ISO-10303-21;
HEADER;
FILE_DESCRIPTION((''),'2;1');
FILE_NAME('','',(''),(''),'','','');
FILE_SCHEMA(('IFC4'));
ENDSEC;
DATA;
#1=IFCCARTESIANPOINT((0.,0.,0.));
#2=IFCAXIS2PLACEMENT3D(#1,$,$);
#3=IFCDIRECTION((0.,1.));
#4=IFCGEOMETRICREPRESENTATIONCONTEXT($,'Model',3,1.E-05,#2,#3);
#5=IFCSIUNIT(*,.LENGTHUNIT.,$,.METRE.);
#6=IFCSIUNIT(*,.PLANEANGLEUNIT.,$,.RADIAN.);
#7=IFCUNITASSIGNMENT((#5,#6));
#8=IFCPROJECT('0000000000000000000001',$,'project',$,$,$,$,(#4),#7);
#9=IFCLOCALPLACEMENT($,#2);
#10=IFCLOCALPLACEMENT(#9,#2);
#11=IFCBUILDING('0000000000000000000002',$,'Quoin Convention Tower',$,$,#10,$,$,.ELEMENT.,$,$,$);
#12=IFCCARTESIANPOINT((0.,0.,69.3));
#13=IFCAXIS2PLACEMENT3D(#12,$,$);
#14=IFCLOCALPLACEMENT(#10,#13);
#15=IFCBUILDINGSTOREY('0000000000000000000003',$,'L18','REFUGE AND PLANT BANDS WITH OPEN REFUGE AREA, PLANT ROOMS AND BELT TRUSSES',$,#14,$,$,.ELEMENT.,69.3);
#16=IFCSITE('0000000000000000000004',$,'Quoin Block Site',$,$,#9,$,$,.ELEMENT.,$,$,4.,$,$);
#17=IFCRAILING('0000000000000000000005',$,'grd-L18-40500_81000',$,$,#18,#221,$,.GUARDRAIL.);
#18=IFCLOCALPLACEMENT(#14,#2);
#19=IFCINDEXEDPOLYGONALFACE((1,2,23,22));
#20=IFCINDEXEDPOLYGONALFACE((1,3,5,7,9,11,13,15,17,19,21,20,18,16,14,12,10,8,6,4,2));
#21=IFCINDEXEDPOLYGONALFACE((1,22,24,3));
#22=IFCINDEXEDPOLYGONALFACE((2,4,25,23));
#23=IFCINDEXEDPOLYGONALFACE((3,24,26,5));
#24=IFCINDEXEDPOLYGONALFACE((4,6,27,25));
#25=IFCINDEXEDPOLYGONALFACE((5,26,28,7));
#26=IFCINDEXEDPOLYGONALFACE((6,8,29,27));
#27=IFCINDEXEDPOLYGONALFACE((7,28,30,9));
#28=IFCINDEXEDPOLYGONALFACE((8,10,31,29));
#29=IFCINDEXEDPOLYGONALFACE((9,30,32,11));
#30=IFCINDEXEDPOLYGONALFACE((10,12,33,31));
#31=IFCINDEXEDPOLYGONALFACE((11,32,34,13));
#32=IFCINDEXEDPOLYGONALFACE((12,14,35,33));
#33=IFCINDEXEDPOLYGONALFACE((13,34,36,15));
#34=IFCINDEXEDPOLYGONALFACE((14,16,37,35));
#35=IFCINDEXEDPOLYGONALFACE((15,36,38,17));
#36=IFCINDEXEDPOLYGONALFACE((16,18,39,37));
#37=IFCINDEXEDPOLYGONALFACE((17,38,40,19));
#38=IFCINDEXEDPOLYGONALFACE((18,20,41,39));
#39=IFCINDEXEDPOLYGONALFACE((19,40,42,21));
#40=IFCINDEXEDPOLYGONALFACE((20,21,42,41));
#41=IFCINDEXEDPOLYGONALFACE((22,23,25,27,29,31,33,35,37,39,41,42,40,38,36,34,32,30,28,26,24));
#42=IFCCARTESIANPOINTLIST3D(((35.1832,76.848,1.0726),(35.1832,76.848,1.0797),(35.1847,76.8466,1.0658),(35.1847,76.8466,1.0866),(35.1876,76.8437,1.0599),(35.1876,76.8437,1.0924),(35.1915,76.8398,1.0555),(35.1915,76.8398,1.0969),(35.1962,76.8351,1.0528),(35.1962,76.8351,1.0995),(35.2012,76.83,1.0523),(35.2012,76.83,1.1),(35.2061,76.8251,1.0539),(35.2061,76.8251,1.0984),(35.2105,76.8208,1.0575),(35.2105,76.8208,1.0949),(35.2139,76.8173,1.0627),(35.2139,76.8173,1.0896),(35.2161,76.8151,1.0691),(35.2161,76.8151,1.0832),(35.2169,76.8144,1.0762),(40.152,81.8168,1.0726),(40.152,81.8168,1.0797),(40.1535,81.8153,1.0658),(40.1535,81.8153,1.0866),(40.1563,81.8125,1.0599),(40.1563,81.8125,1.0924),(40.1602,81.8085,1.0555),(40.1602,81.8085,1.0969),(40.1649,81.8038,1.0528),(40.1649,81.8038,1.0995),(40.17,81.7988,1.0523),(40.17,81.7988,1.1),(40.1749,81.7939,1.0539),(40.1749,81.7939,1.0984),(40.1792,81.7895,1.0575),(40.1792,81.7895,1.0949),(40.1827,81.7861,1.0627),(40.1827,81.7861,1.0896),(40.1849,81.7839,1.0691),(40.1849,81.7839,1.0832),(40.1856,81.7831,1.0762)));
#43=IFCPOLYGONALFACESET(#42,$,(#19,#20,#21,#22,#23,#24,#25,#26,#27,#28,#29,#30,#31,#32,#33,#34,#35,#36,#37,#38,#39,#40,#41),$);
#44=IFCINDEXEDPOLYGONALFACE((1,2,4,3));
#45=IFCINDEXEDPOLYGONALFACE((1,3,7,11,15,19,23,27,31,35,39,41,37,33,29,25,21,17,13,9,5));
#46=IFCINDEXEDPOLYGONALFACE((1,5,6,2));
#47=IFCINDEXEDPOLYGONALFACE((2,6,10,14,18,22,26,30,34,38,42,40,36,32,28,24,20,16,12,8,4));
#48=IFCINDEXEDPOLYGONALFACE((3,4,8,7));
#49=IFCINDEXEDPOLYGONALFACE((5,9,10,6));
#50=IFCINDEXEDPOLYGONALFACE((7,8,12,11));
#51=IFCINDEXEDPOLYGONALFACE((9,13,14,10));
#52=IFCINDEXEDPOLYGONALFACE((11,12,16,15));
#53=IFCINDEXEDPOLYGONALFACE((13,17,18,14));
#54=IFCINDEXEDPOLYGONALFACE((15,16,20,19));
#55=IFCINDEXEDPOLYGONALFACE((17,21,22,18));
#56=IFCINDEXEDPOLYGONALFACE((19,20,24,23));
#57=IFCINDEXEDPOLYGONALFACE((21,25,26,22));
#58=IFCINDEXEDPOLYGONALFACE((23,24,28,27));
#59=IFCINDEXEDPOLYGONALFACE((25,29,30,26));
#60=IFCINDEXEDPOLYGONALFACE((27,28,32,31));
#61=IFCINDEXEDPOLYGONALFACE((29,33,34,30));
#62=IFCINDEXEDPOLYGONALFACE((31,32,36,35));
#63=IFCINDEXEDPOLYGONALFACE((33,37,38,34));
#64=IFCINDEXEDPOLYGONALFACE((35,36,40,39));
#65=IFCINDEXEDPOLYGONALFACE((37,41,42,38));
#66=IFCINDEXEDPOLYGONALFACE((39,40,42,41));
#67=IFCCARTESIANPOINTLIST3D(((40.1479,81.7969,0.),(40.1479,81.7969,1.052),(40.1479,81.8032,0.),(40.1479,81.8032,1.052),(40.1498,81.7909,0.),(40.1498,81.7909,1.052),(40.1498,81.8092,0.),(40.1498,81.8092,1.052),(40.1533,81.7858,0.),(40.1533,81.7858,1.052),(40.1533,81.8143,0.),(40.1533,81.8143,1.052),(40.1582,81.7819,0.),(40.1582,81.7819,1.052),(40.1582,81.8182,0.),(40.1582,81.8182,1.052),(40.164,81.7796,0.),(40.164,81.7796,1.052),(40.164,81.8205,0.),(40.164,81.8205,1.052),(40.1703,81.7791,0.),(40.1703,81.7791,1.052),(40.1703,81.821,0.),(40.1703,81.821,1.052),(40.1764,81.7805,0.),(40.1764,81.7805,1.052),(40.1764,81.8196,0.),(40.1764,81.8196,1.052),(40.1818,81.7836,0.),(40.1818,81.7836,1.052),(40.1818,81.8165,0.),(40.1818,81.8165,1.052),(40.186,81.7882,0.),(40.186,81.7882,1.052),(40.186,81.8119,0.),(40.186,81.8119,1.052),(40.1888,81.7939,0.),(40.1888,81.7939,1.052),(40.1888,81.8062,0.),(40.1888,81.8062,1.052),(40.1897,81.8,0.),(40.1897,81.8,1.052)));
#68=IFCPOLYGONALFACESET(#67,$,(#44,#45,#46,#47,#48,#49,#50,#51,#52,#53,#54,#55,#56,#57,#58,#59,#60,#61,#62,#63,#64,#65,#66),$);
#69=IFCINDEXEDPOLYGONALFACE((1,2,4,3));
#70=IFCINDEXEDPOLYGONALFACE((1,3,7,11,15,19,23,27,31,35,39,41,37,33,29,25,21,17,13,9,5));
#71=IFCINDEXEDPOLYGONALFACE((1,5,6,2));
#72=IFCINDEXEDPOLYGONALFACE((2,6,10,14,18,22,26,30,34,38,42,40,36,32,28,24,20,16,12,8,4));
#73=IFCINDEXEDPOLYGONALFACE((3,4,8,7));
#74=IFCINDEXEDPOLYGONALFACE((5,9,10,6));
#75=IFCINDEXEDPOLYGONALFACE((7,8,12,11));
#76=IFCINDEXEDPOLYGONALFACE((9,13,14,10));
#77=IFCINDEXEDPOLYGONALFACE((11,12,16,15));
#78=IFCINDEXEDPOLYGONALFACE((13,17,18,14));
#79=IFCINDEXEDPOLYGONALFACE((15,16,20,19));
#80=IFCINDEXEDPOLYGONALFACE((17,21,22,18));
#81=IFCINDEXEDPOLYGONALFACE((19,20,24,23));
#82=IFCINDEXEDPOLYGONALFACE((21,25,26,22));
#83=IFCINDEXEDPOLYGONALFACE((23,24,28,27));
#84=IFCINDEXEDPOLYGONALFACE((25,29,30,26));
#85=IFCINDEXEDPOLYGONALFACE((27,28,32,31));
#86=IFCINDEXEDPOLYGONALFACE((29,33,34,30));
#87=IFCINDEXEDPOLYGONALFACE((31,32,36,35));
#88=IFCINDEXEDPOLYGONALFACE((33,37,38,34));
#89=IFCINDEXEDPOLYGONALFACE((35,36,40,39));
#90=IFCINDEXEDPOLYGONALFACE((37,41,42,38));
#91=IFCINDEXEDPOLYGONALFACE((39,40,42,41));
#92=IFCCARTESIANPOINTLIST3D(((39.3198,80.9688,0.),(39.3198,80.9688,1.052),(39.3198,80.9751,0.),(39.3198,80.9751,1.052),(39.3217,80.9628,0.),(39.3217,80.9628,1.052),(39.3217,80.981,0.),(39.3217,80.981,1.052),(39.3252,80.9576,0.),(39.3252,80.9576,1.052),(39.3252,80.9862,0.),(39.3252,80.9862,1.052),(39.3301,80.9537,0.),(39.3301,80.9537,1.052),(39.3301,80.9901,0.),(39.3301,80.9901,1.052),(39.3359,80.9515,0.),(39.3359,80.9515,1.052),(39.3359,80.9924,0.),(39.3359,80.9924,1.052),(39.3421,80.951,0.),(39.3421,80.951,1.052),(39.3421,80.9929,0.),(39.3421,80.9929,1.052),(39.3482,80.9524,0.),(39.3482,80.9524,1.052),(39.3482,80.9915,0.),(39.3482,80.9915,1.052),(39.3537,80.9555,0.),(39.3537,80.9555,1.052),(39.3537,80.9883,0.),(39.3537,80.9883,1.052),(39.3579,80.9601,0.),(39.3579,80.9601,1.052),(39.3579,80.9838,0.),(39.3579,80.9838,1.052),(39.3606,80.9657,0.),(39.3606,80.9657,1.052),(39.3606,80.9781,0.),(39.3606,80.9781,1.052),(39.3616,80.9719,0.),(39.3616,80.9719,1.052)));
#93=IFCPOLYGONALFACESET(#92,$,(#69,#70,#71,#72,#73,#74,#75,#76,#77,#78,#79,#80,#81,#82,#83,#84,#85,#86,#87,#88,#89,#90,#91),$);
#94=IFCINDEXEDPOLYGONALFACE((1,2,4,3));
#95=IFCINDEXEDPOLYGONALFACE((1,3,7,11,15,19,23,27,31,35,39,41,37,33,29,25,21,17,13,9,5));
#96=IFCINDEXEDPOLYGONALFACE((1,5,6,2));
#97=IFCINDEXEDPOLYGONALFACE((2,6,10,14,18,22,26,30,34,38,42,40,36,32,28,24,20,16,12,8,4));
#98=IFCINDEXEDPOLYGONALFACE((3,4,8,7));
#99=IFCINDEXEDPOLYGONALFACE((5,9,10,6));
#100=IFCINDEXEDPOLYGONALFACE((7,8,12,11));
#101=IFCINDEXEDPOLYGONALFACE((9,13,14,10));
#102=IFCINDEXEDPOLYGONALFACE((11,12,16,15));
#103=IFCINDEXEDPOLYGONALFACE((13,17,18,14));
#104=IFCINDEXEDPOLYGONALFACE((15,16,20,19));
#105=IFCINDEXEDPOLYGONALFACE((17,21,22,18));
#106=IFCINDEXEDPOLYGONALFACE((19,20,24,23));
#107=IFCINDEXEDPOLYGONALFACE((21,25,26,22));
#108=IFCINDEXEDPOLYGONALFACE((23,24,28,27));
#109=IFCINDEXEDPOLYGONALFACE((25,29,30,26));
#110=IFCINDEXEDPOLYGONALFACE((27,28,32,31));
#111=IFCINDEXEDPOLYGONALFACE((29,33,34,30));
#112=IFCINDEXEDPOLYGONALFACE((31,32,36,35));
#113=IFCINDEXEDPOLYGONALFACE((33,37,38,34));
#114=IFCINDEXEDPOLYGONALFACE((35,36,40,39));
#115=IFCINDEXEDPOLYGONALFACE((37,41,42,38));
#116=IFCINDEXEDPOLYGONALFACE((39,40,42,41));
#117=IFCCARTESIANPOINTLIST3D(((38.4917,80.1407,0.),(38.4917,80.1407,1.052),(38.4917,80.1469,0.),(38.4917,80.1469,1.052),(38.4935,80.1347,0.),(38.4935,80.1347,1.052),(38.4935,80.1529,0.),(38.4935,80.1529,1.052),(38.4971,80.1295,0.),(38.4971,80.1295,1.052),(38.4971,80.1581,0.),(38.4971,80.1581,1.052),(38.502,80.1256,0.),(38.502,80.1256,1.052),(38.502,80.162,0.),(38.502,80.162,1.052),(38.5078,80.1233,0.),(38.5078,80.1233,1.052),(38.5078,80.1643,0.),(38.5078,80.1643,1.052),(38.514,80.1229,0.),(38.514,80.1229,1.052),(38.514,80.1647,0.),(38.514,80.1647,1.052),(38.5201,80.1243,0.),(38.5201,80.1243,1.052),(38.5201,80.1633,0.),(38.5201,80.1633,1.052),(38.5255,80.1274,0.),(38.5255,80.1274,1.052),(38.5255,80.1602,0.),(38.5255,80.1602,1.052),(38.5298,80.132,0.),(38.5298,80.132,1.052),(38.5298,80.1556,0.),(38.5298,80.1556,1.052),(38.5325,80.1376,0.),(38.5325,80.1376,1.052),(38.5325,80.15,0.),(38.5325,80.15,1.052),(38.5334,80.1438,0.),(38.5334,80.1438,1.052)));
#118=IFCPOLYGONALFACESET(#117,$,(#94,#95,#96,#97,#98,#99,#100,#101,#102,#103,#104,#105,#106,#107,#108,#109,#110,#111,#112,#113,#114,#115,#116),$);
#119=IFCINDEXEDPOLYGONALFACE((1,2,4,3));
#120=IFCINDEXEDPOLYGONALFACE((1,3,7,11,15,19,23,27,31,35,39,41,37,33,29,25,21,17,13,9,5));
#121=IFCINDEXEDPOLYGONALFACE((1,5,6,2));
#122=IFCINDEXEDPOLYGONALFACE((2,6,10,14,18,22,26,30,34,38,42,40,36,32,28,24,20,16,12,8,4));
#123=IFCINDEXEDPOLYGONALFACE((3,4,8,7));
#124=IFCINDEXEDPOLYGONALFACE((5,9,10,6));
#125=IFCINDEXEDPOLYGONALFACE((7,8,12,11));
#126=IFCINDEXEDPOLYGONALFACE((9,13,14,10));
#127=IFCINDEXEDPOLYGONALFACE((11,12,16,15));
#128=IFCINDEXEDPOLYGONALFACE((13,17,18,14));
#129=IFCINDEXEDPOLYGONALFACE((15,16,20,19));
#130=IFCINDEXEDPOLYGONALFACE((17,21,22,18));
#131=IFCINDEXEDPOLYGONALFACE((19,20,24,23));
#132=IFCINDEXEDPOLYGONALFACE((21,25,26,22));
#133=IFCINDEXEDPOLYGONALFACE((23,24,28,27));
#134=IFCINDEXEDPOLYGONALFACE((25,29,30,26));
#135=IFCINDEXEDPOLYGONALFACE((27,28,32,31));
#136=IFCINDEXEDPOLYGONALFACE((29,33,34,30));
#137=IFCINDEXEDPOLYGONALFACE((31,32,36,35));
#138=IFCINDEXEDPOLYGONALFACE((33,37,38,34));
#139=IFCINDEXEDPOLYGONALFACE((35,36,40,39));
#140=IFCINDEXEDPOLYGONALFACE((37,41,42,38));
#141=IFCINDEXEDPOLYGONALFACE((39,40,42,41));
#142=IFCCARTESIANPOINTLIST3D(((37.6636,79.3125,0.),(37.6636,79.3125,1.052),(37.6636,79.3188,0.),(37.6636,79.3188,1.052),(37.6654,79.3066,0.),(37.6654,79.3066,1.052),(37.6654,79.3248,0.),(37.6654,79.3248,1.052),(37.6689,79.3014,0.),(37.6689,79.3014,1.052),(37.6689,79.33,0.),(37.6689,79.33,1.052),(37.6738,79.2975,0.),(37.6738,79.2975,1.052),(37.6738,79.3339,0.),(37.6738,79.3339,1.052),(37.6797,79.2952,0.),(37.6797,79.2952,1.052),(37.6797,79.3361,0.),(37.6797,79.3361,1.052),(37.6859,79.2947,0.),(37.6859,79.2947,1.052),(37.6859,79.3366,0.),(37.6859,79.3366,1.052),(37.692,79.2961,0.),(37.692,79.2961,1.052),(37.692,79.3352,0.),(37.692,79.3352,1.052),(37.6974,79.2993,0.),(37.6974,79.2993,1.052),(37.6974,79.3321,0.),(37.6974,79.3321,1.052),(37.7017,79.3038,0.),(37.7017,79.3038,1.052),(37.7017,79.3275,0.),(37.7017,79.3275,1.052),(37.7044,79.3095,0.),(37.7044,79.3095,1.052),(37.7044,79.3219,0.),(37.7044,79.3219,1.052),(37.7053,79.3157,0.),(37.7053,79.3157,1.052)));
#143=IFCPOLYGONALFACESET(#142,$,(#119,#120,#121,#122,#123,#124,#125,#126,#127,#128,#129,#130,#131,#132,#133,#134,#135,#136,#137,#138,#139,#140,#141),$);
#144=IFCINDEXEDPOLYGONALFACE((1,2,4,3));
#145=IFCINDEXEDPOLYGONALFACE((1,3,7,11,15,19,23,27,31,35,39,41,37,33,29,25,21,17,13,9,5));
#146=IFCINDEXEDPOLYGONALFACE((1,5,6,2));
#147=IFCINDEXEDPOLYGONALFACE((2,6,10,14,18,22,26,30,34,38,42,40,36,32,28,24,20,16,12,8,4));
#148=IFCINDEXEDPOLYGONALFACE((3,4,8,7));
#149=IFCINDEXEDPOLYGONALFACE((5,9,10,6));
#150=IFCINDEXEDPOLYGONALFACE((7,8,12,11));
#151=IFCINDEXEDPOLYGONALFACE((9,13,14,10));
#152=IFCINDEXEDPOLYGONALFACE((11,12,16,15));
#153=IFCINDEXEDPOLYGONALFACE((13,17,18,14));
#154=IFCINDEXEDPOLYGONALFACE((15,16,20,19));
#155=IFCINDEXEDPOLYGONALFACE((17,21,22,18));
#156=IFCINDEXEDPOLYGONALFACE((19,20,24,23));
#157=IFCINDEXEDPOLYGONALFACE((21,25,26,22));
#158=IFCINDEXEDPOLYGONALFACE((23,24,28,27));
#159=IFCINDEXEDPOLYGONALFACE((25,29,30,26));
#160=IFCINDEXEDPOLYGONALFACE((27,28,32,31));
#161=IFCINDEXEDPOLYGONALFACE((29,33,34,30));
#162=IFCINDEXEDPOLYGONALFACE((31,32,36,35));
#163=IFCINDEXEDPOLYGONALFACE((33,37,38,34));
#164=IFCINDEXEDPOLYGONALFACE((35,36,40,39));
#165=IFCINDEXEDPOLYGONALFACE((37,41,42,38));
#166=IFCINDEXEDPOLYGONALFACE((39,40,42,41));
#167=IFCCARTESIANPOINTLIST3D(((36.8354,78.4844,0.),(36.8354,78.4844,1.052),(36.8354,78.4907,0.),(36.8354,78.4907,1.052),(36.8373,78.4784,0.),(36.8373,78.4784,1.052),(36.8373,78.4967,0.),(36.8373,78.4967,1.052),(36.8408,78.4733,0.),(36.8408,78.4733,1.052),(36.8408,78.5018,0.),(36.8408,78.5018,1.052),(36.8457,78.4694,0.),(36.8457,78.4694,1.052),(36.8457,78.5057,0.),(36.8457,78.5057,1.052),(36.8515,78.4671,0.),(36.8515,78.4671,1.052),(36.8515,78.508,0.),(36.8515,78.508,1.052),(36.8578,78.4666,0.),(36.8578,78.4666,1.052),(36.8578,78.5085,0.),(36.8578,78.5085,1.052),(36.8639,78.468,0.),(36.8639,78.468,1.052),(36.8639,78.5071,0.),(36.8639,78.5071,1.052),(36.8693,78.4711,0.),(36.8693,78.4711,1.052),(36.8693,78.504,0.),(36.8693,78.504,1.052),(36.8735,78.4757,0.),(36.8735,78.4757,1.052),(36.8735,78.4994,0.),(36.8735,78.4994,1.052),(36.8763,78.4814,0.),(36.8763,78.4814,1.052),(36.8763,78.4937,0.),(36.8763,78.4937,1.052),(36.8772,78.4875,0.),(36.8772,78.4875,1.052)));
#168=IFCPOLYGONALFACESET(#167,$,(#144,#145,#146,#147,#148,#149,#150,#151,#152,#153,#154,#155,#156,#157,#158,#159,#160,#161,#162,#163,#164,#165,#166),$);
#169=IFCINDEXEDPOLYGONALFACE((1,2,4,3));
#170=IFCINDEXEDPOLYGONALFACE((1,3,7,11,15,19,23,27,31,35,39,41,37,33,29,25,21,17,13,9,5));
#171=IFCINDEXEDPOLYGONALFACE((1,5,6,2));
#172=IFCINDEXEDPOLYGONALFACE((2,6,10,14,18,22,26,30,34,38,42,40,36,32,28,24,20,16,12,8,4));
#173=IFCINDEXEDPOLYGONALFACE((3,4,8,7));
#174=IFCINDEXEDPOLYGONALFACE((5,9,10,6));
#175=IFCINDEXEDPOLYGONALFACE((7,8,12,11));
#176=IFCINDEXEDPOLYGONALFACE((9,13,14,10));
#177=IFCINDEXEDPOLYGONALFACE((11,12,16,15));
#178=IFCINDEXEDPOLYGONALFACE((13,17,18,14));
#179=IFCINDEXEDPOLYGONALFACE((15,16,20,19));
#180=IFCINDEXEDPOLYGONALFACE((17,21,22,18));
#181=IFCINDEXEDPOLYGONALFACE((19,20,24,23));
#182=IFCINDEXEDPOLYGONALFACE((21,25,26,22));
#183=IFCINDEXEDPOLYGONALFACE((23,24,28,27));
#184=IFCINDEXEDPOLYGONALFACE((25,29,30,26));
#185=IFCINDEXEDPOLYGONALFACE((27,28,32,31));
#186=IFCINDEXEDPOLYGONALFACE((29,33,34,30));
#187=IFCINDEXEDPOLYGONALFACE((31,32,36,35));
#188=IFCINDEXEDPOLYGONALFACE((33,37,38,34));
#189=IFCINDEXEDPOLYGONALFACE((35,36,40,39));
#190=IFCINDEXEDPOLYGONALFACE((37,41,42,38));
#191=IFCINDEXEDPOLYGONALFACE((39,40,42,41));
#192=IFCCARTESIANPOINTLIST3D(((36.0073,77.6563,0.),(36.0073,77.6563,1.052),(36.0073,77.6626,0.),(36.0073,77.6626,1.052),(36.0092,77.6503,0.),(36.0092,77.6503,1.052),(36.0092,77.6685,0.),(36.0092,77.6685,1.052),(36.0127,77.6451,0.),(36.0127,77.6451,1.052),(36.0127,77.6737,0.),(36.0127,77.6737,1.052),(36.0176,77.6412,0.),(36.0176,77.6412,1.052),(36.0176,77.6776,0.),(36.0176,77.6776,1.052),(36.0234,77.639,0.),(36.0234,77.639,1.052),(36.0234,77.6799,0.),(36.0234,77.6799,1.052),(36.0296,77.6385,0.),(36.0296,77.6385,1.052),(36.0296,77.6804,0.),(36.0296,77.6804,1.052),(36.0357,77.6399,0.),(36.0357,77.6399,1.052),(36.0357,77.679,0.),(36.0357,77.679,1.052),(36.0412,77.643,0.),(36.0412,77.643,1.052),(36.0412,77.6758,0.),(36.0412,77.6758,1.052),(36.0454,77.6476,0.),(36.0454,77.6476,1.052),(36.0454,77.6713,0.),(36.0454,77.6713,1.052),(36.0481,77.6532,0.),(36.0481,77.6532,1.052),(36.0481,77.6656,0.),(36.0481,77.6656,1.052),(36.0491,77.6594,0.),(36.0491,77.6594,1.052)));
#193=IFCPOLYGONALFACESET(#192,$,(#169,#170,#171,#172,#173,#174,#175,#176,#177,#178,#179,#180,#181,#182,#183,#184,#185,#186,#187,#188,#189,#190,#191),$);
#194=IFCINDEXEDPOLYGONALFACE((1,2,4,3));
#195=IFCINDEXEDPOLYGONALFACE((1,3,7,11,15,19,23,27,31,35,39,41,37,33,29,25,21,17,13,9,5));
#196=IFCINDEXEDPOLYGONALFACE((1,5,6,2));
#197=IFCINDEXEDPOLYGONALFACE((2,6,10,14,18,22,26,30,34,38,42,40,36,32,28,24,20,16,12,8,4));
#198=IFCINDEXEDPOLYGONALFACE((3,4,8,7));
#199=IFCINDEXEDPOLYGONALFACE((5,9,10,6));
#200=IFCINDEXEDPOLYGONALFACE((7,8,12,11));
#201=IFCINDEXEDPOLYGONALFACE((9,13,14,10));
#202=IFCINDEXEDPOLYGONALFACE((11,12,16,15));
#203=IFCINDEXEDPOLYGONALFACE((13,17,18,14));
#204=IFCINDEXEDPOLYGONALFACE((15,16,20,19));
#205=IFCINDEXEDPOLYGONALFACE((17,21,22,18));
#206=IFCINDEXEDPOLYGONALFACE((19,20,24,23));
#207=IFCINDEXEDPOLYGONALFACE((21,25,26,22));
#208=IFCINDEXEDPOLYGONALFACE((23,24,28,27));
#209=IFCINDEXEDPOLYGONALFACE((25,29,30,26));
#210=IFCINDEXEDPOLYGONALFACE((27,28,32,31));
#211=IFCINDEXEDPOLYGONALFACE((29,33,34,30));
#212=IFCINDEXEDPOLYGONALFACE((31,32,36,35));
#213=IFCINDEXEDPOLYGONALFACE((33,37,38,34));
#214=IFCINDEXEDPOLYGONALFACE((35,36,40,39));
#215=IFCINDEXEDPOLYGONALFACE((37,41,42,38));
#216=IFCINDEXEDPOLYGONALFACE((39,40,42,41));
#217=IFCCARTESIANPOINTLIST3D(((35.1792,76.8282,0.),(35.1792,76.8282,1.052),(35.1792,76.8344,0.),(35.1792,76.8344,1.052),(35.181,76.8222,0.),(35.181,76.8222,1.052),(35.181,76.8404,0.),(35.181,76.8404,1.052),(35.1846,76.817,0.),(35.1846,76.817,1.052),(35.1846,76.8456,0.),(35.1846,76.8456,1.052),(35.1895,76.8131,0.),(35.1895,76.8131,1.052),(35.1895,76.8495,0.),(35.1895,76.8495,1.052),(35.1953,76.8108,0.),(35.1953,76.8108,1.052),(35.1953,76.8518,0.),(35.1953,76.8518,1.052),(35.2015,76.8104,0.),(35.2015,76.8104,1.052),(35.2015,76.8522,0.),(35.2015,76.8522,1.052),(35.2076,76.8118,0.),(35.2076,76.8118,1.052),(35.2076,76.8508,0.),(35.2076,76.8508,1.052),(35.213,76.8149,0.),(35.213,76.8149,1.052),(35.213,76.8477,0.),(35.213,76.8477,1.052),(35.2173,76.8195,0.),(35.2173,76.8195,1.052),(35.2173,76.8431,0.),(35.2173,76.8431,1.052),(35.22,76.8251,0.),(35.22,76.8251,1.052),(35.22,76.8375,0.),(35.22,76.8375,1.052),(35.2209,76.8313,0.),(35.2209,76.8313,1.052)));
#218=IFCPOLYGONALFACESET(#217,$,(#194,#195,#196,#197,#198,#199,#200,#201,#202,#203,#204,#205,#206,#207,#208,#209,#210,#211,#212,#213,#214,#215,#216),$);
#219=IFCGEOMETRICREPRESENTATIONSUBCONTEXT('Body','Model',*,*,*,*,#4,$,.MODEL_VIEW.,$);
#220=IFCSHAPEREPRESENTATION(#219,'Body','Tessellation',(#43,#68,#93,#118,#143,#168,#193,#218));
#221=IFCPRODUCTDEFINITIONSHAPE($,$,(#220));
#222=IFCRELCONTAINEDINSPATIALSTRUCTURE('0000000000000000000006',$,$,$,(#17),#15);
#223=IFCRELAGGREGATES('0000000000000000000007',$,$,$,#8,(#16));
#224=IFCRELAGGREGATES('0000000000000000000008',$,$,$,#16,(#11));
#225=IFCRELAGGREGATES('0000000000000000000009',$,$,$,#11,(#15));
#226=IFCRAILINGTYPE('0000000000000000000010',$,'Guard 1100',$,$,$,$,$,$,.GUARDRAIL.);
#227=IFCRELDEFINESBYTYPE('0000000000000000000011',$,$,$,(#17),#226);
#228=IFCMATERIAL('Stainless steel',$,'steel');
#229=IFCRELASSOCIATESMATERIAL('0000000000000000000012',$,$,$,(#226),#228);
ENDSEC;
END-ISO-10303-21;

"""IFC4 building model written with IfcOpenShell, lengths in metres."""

from ifc_helpers import new_model, si_unit, direction, frame, origin, origin_2d, place, context, subcontext, project, spatial, circle, extrude, material, type_object, element, save


model = new_model("IFC4")

# Units and contexts
model_context = context("Model", 3, precision=1e-05, world=origin(), true_north=direction((0.0, 1.0)))
body_context = subcontext(model_context, "Body", "Model", "MODEL_VIEW")
ifc_project = project(units=[si_unit("LENGTHUNIT", "METRE"), si_unit("PLANEANGLEUNIT", "RADIAN")], contexts=[model_context])

# Site, building, storey
site_placement = place(None, origin())
site = spatial("IfcSite", under=ifc_project, at=site_placement, Name="Quoin Block Site", CompositionType="ELEMENT", RefElevation=4.0)
building_placement = place(site_placement, origin())
building = spatial("IfcBuilding", under=site, at=building_placement, Name="Quoin Convention Tower", CompositionType="ELEMENT")
storey_placement = place(building_placement, frame((0.0, 0.0, 69.3)))
storey = spatial("IfcBuildingStorey", under=building, at=storey_placement, Name="L18", Description="REFUGE AND PLANT BANDS WITH OPEN REFUGE AREA, PLANT ROOMS AND BELT TRUSSES", CompositionType="ELEMENT", Elevation=69.3)

# Railing
ifc_material_1 = material(Name="Stainless steel", Category="steel")
railing_type = type_object("IfcRailingType", Name="Guard 1100", PredefinedType="GUARDRAIL", material=ifc_material_1)
railing_placement = place(storey_placement, frame((40.1687, 81.8, 0.0)))
element("IfcRailing", 1, at=railing_placement, inside=storey, type_object=railing_type, Name="grd-L18-40500_81000", PredefinedType="GUARDRAIL", context=body_context, shape_type="SweptSolid", body=[
    extrude(circle(Radius=0.0239, at=origin_2d()), frame((0.0, 0.0, 1.0762), z_axis=(-0.707107, -0.707107, 0.0), x_axis=(0.707107, -0.707107, 0.0)), (0.0, 0.0, 1.0), 7.0269),
    extrude(circle(Radius=0.021, at=origin_2d()), origin(), (0.0, 0.0, 1.0), 1.052),
    extrude(circle(Radius=0.021, at=origin_2d()), frame((-0.8281, -0.8281, 0.0)), (0.0, 0.0, 1.0), 1.052),
    extrude(circle(Radius=0.021, at=origin_2d()), frame((-1.6562, -1.6562, 0.0)), (0.0, 0.0, 1.0), 1.052),
    extrude(circle(Radius=0.021, at=origin_2d()), frame((-2.4844, -2.4844, 0.0)), (0.0, 0.0, 1.0), 1.052),
    extrude(circle(Radius=0.021, at=origin_2d()), frame((-3.3125, -3.3125, 0.0)), (0.0, 0.0, 1.0), 1.052),
    extrude(circle(Radius=0.021, at=origin_2d()), frame((-4.1406, -4.1406, 0.0)), (0.0, 0.0, 1.0), 1.052),
    extrude(circle(Radius=0.021, at=origin_2d()), frame((-4.9688, -4.9688, 0.0)), (0.0, 0.0, 1.0), 1.052),
])

save(model, "model.ifc")
